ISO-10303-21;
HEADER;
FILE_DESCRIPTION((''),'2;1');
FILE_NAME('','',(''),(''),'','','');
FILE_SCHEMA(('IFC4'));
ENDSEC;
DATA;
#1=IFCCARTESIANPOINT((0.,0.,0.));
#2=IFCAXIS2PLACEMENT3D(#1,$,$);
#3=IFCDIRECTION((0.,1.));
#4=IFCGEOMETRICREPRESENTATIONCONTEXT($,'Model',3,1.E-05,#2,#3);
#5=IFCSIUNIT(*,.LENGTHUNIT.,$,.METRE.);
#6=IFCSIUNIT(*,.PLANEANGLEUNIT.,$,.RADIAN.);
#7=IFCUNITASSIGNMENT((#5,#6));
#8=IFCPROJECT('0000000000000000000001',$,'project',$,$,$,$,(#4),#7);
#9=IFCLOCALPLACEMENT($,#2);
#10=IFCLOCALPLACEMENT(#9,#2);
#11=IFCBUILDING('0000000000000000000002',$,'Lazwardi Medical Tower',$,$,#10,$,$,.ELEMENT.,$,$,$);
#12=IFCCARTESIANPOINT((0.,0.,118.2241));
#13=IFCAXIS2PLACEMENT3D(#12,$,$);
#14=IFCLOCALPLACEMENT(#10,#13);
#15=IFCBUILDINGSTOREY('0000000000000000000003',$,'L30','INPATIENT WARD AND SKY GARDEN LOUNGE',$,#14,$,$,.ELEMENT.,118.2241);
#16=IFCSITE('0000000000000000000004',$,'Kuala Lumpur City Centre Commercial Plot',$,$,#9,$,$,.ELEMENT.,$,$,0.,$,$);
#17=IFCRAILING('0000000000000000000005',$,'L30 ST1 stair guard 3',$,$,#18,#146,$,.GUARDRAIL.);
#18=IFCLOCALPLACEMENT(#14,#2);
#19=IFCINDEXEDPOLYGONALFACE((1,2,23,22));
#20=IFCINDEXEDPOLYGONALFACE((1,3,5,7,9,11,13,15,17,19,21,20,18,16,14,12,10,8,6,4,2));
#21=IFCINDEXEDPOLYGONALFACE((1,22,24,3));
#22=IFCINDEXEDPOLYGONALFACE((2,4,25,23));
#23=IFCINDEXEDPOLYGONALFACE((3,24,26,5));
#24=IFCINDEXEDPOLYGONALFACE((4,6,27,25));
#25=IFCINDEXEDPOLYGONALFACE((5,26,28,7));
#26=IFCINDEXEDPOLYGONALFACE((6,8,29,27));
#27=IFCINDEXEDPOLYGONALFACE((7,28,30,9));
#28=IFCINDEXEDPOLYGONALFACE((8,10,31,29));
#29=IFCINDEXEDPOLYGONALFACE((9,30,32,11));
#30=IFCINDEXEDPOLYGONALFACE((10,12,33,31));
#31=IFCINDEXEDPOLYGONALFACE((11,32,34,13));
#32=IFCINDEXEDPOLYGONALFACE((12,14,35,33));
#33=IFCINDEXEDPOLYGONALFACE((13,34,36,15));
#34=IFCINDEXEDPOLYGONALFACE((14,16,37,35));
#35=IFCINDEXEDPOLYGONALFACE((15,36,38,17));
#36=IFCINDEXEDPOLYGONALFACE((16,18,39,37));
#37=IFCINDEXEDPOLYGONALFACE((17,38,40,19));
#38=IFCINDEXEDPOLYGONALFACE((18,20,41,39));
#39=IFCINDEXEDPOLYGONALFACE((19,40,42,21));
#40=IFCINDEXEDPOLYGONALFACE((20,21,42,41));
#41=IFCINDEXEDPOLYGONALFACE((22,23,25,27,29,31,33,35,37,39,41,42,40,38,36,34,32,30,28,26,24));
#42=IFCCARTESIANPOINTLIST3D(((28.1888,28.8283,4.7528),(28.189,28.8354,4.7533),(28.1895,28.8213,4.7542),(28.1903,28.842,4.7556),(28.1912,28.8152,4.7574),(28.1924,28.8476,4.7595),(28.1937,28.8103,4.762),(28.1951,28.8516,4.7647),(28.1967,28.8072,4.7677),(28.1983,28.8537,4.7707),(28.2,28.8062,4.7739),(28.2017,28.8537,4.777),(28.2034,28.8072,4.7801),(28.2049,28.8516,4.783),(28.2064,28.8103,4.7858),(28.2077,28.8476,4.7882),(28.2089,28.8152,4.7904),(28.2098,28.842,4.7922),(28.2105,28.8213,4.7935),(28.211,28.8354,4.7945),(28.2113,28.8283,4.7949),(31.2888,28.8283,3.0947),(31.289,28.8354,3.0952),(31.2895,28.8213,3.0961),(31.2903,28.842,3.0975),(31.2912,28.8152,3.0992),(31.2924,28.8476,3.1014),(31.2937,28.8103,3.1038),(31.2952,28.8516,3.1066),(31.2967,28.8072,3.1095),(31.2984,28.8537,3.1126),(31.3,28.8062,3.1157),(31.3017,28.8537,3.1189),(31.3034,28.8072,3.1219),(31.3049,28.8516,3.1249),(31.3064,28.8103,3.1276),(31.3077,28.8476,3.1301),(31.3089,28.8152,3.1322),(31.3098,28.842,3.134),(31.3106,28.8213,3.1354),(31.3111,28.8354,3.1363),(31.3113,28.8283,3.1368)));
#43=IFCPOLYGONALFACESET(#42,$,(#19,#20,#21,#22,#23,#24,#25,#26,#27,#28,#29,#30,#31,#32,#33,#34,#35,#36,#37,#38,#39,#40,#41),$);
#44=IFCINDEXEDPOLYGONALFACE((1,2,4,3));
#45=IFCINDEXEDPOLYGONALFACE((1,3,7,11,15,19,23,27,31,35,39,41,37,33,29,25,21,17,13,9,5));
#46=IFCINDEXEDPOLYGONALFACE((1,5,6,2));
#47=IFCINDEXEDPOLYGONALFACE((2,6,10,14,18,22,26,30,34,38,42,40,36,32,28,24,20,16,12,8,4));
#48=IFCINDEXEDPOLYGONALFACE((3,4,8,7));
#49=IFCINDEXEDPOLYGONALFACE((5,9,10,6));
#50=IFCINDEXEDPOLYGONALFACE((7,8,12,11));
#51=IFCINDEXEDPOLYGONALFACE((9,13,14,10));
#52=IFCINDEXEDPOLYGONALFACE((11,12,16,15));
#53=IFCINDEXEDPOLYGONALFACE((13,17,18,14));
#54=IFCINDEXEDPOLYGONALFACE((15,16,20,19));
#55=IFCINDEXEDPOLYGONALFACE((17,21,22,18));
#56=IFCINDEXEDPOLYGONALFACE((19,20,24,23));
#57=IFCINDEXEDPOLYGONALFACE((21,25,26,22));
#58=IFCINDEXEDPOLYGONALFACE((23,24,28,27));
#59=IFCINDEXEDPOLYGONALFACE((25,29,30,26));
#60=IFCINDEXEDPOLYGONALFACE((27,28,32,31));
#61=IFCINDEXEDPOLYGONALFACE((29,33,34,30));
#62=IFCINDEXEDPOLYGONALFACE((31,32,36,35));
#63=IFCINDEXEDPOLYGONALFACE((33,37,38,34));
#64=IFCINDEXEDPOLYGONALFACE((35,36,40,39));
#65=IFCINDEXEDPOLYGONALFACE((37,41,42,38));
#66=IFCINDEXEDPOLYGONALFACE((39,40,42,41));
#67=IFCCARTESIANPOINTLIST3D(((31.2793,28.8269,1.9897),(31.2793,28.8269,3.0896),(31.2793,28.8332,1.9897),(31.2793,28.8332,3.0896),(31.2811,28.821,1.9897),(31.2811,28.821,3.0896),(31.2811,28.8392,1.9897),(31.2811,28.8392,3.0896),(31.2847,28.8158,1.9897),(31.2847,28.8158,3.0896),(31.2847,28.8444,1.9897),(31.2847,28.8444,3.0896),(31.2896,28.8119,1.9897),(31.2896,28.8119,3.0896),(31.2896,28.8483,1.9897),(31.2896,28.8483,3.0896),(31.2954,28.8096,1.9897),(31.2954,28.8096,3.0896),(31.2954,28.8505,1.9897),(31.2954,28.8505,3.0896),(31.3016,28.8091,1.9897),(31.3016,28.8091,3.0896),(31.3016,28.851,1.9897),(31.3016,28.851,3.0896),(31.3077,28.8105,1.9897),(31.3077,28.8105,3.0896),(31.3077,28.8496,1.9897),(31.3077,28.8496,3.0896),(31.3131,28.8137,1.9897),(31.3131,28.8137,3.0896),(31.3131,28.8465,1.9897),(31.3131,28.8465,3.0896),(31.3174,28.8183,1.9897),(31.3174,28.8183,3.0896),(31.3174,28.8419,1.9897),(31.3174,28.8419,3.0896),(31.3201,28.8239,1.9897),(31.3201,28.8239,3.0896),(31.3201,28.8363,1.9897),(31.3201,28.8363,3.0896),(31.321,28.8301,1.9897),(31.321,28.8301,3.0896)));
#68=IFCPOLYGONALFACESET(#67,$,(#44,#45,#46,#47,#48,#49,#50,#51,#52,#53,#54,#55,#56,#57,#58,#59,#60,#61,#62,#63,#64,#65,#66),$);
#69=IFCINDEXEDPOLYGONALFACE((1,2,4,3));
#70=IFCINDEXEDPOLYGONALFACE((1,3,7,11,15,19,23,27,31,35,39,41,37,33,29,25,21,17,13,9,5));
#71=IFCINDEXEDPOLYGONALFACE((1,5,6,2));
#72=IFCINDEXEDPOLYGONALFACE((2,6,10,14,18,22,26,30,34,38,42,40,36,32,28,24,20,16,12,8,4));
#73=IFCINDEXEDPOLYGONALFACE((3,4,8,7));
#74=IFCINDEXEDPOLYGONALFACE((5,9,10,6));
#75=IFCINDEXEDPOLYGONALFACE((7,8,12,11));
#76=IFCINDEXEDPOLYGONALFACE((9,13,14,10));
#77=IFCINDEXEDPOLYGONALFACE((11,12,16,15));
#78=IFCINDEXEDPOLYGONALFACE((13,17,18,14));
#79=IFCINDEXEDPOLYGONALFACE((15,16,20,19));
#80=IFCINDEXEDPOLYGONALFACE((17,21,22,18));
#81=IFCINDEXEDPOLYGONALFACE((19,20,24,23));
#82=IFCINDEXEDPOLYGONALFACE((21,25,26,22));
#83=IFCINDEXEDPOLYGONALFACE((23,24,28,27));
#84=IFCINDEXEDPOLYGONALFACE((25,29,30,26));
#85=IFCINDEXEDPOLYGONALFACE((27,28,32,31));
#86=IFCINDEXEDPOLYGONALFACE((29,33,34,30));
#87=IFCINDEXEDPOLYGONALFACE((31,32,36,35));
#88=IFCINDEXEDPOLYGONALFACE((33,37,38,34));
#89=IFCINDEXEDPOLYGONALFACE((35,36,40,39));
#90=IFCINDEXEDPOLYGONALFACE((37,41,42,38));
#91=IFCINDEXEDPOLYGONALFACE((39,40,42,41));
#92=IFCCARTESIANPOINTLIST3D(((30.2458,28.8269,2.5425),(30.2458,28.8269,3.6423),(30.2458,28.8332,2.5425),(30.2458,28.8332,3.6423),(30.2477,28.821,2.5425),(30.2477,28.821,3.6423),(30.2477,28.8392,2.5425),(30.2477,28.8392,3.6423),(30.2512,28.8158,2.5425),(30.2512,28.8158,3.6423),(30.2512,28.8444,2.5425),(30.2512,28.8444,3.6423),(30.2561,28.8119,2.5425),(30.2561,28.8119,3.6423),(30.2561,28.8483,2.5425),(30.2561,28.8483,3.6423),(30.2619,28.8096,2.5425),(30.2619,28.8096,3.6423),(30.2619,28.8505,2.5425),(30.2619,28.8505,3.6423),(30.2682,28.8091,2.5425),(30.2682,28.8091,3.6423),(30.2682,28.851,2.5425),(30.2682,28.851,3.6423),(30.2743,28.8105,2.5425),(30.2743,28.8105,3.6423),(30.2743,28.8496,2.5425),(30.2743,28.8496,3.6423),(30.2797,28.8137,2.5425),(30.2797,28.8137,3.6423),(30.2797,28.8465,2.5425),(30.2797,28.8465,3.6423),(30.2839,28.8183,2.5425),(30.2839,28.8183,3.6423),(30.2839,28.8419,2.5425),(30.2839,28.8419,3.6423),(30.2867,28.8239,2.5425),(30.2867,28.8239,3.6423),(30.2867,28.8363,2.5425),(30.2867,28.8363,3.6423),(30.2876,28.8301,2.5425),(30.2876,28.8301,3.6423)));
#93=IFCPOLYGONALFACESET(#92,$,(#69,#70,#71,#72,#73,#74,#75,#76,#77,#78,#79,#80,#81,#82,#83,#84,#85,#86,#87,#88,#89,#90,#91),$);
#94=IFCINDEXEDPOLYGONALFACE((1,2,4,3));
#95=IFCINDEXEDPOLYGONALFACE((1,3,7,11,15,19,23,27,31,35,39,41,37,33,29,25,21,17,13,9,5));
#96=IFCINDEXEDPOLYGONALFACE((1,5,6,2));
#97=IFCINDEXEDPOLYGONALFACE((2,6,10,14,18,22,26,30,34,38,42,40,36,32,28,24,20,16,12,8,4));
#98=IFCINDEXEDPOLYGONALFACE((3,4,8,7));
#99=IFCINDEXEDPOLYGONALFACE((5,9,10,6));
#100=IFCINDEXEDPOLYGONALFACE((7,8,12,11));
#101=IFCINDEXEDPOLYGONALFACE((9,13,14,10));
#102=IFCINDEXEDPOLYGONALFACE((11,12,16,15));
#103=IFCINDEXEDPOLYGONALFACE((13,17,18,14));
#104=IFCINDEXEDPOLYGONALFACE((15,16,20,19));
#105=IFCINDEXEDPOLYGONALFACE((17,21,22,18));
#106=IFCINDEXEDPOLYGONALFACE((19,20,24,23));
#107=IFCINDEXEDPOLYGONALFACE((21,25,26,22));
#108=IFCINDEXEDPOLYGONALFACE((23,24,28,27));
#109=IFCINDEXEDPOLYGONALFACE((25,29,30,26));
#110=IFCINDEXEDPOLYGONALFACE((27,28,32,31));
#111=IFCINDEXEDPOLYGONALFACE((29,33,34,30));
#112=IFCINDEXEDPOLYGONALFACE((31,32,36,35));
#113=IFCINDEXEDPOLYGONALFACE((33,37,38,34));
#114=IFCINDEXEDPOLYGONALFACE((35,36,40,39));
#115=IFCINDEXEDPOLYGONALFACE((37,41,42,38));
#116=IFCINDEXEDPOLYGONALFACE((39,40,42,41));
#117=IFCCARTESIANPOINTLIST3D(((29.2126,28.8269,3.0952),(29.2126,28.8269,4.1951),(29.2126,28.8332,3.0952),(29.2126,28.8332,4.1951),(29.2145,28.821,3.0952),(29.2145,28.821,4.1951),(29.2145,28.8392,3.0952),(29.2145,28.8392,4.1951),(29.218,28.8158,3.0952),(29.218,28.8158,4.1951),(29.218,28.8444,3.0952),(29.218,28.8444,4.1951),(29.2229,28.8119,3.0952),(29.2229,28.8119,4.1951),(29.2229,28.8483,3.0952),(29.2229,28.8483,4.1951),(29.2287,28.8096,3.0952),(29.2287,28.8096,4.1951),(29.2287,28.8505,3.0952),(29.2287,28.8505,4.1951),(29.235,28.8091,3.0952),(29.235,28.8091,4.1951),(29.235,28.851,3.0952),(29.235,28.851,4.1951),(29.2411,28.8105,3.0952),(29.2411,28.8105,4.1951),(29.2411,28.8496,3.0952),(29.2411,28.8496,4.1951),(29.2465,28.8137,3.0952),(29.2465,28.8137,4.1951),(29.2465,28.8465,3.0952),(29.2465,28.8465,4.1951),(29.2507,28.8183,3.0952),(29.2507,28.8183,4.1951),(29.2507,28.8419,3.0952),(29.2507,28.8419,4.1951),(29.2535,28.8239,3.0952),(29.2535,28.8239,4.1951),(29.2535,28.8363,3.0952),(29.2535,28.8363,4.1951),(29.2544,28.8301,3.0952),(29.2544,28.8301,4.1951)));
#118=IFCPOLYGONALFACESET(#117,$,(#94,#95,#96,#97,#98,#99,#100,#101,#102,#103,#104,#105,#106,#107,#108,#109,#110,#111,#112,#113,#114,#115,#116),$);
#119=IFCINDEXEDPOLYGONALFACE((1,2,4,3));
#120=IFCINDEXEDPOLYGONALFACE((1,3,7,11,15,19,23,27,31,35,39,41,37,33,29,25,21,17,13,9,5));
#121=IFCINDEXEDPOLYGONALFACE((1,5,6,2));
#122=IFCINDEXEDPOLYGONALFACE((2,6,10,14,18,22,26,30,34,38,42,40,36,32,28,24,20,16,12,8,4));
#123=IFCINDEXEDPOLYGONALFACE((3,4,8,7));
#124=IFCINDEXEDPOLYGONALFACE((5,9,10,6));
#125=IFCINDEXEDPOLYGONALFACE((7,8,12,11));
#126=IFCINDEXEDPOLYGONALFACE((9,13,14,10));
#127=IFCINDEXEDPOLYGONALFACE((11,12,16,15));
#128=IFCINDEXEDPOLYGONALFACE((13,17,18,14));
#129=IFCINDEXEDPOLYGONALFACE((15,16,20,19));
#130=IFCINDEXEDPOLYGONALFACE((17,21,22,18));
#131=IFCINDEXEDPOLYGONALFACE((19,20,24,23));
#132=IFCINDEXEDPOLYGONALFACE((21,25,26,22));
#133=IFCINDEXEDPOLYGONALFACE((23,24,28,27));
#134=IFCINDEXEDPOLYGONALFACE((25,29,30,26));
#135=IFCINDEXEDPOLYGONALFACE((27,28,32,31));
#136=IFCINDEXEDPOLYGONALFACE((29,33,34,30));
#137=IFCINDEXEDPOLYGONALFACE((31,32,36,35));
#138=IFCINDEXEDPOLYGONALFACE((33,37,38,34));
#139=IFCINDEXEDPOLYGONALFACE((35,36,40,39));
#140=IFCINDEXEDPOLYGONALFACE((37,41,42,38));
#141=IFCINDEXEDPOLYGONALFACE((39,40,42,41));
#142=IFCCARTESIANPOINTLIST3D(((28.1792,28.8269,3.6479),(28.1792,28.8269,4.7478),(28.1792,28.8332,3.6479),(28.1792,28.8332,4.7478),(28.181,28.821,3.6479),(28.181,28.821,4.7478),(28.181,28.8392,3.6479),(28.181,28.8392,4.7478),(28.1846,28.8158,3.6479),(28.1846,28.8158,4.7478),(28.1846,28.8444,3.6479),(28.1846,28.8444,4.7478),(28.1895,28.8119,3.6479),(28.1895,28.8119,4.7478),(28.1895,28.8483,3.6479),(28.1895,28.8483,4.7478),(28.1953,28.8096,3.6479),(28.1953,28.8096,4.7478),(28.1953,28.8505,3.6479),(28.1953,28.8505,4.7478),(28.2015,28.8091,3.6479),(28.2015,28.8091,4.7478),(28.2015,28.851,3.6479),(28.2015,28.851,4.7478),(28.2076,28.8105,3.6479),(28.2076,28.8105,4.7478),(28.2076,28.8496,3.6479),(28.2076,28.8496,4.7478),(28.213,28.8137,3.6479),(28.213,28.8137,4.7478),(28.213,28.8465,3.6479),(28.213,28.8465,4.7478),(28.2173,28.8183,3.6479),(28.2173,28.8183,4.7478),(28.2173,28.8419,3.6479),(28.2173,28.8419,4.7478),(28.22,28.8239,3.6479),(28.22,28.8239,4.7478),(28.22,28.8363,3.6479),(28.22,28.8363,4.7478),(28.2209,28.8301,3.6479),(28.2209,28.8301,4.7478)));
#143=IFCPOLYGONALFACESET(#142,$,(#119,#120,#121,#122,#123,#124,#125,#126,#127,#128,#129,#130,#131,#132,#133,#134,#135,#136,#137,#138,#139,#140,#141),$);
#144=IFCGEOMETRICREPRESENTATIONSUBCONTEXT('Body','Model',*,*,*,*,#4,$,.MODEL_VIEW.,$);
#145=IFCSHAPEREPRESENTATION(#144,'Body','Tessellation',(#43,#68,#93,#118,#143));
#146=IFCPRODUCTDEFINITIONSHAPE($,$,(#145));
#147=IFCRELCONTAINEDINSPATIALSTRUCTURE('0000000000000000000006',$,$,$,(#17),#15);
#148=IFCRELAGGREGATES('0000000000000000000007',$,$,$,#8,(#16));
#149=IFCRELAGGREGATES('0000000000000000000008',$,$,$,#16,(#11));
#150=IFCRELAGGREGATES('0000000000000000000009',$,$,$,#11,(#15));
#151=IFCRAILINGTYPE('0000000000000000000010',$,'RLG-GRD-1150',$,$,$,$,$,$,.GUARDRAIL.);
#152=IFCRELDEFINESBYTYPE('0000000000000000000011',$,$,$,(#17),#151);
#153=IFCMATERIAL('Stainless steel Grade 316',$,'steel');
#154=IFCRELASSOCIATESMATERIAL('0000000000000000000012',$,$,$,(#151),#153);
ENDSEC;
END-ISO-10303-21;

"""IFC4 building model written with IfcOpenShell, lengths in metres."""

from ifc_helpers import new_model, si_unit, direction, frame, origin, origin_2d, place, context, subcontext, project, spatial, circle, extrude, material, type_object, element, save


model = new_model("IFC4")

# Units and contexts
model_context = context("Model", 3, precision=1e-05, world=origin(), true_north=direction((0.0, 1.0)))
body_context = subcontext(model_context, "Body", "Model", "MODEL_VIEW")
ifc_project = project(units=[si_unit("LENGTHUNIT", "METRE"), si_unit("PLANEANGLEUNIT", "RADIAN")], contexts=[model_context])

# Site, building, storey
site_placement = place(None, origin())
site = spatial("IfcSite", under=ifc_project, at=site_placement, Name="Kuala Lumpur City Centre Commercial Plot", CompositionType="ELEMENT", RefElevation=0.0)
building_placement = place(site_placement, origin())
building = spatial("IfcBuilding", under=site, at=building_placement, Name="Lazwardi Medical Tower", CompositionType="ELEMENT")
storey_placement = place(building_placement, frame((0.0, 0.0, 118.2241)))
storey = spatial("IfcBuildingStorey", under=building, at=storey_placement, Name="L30", Description="INPATIENT WARD AND SKY GARDEN LOUNGE", CompositionType="ELEMENT", Elevation=118.2241)

# Railing
ifc_material_1 = material(Name="Stainless steel Grade 316", Category="steel")
railing_type_1 = type_object("IfcRailingType", Name="RLG-GRD-1150", PredefinedType="GUARDRAIL", material=ifc_material_1)
railing_1_placement = place(storey_placement, frame((31.3, 28.8301, 1.9897)))
element("IfcRailing", 1, at=railing_1_placement, inside=storey, type_object=railing_type_1, Name="L30 ST1 stair guard 3", PredefinedType="GUARDRAIL", context=body_context, shape_type="SweptSolid", body=[
    extrude(circle(Radius=0.0239, at=origin_2d()), frame((0.0, 0.0, 1.126), z_axis=(-0.881783, 0.0, 0.471655), x_axis=(0.0, -1.0, 0.0)), (0.0, 0.0, 1.0), 3.5156),
    extrude(circle(Radius=0.021, at=origin_2d()), origin(), (0.0, 0.0, 1.0), 1.0999),
    extrude(circle(Radius=0.021, at=origin_2d()), frame((-1.0334, 0.0, 0.5527)), (0.0, 0.0, 1.0), 1.0999),
    extrude(circle(Radius=0.021, at=origin_2d()), frame((-2.0667, 0.0, 1.1055)), (0.0, 0.0, 1.0), 1.0999),
    extrude(circle(Radius=0.021, at=origin_2d()), frame((-3.1001, 0.0, 1.6582)), (0.0, 0.0, 1.0), 1.0999),
])

save(model, "model.ifc")
